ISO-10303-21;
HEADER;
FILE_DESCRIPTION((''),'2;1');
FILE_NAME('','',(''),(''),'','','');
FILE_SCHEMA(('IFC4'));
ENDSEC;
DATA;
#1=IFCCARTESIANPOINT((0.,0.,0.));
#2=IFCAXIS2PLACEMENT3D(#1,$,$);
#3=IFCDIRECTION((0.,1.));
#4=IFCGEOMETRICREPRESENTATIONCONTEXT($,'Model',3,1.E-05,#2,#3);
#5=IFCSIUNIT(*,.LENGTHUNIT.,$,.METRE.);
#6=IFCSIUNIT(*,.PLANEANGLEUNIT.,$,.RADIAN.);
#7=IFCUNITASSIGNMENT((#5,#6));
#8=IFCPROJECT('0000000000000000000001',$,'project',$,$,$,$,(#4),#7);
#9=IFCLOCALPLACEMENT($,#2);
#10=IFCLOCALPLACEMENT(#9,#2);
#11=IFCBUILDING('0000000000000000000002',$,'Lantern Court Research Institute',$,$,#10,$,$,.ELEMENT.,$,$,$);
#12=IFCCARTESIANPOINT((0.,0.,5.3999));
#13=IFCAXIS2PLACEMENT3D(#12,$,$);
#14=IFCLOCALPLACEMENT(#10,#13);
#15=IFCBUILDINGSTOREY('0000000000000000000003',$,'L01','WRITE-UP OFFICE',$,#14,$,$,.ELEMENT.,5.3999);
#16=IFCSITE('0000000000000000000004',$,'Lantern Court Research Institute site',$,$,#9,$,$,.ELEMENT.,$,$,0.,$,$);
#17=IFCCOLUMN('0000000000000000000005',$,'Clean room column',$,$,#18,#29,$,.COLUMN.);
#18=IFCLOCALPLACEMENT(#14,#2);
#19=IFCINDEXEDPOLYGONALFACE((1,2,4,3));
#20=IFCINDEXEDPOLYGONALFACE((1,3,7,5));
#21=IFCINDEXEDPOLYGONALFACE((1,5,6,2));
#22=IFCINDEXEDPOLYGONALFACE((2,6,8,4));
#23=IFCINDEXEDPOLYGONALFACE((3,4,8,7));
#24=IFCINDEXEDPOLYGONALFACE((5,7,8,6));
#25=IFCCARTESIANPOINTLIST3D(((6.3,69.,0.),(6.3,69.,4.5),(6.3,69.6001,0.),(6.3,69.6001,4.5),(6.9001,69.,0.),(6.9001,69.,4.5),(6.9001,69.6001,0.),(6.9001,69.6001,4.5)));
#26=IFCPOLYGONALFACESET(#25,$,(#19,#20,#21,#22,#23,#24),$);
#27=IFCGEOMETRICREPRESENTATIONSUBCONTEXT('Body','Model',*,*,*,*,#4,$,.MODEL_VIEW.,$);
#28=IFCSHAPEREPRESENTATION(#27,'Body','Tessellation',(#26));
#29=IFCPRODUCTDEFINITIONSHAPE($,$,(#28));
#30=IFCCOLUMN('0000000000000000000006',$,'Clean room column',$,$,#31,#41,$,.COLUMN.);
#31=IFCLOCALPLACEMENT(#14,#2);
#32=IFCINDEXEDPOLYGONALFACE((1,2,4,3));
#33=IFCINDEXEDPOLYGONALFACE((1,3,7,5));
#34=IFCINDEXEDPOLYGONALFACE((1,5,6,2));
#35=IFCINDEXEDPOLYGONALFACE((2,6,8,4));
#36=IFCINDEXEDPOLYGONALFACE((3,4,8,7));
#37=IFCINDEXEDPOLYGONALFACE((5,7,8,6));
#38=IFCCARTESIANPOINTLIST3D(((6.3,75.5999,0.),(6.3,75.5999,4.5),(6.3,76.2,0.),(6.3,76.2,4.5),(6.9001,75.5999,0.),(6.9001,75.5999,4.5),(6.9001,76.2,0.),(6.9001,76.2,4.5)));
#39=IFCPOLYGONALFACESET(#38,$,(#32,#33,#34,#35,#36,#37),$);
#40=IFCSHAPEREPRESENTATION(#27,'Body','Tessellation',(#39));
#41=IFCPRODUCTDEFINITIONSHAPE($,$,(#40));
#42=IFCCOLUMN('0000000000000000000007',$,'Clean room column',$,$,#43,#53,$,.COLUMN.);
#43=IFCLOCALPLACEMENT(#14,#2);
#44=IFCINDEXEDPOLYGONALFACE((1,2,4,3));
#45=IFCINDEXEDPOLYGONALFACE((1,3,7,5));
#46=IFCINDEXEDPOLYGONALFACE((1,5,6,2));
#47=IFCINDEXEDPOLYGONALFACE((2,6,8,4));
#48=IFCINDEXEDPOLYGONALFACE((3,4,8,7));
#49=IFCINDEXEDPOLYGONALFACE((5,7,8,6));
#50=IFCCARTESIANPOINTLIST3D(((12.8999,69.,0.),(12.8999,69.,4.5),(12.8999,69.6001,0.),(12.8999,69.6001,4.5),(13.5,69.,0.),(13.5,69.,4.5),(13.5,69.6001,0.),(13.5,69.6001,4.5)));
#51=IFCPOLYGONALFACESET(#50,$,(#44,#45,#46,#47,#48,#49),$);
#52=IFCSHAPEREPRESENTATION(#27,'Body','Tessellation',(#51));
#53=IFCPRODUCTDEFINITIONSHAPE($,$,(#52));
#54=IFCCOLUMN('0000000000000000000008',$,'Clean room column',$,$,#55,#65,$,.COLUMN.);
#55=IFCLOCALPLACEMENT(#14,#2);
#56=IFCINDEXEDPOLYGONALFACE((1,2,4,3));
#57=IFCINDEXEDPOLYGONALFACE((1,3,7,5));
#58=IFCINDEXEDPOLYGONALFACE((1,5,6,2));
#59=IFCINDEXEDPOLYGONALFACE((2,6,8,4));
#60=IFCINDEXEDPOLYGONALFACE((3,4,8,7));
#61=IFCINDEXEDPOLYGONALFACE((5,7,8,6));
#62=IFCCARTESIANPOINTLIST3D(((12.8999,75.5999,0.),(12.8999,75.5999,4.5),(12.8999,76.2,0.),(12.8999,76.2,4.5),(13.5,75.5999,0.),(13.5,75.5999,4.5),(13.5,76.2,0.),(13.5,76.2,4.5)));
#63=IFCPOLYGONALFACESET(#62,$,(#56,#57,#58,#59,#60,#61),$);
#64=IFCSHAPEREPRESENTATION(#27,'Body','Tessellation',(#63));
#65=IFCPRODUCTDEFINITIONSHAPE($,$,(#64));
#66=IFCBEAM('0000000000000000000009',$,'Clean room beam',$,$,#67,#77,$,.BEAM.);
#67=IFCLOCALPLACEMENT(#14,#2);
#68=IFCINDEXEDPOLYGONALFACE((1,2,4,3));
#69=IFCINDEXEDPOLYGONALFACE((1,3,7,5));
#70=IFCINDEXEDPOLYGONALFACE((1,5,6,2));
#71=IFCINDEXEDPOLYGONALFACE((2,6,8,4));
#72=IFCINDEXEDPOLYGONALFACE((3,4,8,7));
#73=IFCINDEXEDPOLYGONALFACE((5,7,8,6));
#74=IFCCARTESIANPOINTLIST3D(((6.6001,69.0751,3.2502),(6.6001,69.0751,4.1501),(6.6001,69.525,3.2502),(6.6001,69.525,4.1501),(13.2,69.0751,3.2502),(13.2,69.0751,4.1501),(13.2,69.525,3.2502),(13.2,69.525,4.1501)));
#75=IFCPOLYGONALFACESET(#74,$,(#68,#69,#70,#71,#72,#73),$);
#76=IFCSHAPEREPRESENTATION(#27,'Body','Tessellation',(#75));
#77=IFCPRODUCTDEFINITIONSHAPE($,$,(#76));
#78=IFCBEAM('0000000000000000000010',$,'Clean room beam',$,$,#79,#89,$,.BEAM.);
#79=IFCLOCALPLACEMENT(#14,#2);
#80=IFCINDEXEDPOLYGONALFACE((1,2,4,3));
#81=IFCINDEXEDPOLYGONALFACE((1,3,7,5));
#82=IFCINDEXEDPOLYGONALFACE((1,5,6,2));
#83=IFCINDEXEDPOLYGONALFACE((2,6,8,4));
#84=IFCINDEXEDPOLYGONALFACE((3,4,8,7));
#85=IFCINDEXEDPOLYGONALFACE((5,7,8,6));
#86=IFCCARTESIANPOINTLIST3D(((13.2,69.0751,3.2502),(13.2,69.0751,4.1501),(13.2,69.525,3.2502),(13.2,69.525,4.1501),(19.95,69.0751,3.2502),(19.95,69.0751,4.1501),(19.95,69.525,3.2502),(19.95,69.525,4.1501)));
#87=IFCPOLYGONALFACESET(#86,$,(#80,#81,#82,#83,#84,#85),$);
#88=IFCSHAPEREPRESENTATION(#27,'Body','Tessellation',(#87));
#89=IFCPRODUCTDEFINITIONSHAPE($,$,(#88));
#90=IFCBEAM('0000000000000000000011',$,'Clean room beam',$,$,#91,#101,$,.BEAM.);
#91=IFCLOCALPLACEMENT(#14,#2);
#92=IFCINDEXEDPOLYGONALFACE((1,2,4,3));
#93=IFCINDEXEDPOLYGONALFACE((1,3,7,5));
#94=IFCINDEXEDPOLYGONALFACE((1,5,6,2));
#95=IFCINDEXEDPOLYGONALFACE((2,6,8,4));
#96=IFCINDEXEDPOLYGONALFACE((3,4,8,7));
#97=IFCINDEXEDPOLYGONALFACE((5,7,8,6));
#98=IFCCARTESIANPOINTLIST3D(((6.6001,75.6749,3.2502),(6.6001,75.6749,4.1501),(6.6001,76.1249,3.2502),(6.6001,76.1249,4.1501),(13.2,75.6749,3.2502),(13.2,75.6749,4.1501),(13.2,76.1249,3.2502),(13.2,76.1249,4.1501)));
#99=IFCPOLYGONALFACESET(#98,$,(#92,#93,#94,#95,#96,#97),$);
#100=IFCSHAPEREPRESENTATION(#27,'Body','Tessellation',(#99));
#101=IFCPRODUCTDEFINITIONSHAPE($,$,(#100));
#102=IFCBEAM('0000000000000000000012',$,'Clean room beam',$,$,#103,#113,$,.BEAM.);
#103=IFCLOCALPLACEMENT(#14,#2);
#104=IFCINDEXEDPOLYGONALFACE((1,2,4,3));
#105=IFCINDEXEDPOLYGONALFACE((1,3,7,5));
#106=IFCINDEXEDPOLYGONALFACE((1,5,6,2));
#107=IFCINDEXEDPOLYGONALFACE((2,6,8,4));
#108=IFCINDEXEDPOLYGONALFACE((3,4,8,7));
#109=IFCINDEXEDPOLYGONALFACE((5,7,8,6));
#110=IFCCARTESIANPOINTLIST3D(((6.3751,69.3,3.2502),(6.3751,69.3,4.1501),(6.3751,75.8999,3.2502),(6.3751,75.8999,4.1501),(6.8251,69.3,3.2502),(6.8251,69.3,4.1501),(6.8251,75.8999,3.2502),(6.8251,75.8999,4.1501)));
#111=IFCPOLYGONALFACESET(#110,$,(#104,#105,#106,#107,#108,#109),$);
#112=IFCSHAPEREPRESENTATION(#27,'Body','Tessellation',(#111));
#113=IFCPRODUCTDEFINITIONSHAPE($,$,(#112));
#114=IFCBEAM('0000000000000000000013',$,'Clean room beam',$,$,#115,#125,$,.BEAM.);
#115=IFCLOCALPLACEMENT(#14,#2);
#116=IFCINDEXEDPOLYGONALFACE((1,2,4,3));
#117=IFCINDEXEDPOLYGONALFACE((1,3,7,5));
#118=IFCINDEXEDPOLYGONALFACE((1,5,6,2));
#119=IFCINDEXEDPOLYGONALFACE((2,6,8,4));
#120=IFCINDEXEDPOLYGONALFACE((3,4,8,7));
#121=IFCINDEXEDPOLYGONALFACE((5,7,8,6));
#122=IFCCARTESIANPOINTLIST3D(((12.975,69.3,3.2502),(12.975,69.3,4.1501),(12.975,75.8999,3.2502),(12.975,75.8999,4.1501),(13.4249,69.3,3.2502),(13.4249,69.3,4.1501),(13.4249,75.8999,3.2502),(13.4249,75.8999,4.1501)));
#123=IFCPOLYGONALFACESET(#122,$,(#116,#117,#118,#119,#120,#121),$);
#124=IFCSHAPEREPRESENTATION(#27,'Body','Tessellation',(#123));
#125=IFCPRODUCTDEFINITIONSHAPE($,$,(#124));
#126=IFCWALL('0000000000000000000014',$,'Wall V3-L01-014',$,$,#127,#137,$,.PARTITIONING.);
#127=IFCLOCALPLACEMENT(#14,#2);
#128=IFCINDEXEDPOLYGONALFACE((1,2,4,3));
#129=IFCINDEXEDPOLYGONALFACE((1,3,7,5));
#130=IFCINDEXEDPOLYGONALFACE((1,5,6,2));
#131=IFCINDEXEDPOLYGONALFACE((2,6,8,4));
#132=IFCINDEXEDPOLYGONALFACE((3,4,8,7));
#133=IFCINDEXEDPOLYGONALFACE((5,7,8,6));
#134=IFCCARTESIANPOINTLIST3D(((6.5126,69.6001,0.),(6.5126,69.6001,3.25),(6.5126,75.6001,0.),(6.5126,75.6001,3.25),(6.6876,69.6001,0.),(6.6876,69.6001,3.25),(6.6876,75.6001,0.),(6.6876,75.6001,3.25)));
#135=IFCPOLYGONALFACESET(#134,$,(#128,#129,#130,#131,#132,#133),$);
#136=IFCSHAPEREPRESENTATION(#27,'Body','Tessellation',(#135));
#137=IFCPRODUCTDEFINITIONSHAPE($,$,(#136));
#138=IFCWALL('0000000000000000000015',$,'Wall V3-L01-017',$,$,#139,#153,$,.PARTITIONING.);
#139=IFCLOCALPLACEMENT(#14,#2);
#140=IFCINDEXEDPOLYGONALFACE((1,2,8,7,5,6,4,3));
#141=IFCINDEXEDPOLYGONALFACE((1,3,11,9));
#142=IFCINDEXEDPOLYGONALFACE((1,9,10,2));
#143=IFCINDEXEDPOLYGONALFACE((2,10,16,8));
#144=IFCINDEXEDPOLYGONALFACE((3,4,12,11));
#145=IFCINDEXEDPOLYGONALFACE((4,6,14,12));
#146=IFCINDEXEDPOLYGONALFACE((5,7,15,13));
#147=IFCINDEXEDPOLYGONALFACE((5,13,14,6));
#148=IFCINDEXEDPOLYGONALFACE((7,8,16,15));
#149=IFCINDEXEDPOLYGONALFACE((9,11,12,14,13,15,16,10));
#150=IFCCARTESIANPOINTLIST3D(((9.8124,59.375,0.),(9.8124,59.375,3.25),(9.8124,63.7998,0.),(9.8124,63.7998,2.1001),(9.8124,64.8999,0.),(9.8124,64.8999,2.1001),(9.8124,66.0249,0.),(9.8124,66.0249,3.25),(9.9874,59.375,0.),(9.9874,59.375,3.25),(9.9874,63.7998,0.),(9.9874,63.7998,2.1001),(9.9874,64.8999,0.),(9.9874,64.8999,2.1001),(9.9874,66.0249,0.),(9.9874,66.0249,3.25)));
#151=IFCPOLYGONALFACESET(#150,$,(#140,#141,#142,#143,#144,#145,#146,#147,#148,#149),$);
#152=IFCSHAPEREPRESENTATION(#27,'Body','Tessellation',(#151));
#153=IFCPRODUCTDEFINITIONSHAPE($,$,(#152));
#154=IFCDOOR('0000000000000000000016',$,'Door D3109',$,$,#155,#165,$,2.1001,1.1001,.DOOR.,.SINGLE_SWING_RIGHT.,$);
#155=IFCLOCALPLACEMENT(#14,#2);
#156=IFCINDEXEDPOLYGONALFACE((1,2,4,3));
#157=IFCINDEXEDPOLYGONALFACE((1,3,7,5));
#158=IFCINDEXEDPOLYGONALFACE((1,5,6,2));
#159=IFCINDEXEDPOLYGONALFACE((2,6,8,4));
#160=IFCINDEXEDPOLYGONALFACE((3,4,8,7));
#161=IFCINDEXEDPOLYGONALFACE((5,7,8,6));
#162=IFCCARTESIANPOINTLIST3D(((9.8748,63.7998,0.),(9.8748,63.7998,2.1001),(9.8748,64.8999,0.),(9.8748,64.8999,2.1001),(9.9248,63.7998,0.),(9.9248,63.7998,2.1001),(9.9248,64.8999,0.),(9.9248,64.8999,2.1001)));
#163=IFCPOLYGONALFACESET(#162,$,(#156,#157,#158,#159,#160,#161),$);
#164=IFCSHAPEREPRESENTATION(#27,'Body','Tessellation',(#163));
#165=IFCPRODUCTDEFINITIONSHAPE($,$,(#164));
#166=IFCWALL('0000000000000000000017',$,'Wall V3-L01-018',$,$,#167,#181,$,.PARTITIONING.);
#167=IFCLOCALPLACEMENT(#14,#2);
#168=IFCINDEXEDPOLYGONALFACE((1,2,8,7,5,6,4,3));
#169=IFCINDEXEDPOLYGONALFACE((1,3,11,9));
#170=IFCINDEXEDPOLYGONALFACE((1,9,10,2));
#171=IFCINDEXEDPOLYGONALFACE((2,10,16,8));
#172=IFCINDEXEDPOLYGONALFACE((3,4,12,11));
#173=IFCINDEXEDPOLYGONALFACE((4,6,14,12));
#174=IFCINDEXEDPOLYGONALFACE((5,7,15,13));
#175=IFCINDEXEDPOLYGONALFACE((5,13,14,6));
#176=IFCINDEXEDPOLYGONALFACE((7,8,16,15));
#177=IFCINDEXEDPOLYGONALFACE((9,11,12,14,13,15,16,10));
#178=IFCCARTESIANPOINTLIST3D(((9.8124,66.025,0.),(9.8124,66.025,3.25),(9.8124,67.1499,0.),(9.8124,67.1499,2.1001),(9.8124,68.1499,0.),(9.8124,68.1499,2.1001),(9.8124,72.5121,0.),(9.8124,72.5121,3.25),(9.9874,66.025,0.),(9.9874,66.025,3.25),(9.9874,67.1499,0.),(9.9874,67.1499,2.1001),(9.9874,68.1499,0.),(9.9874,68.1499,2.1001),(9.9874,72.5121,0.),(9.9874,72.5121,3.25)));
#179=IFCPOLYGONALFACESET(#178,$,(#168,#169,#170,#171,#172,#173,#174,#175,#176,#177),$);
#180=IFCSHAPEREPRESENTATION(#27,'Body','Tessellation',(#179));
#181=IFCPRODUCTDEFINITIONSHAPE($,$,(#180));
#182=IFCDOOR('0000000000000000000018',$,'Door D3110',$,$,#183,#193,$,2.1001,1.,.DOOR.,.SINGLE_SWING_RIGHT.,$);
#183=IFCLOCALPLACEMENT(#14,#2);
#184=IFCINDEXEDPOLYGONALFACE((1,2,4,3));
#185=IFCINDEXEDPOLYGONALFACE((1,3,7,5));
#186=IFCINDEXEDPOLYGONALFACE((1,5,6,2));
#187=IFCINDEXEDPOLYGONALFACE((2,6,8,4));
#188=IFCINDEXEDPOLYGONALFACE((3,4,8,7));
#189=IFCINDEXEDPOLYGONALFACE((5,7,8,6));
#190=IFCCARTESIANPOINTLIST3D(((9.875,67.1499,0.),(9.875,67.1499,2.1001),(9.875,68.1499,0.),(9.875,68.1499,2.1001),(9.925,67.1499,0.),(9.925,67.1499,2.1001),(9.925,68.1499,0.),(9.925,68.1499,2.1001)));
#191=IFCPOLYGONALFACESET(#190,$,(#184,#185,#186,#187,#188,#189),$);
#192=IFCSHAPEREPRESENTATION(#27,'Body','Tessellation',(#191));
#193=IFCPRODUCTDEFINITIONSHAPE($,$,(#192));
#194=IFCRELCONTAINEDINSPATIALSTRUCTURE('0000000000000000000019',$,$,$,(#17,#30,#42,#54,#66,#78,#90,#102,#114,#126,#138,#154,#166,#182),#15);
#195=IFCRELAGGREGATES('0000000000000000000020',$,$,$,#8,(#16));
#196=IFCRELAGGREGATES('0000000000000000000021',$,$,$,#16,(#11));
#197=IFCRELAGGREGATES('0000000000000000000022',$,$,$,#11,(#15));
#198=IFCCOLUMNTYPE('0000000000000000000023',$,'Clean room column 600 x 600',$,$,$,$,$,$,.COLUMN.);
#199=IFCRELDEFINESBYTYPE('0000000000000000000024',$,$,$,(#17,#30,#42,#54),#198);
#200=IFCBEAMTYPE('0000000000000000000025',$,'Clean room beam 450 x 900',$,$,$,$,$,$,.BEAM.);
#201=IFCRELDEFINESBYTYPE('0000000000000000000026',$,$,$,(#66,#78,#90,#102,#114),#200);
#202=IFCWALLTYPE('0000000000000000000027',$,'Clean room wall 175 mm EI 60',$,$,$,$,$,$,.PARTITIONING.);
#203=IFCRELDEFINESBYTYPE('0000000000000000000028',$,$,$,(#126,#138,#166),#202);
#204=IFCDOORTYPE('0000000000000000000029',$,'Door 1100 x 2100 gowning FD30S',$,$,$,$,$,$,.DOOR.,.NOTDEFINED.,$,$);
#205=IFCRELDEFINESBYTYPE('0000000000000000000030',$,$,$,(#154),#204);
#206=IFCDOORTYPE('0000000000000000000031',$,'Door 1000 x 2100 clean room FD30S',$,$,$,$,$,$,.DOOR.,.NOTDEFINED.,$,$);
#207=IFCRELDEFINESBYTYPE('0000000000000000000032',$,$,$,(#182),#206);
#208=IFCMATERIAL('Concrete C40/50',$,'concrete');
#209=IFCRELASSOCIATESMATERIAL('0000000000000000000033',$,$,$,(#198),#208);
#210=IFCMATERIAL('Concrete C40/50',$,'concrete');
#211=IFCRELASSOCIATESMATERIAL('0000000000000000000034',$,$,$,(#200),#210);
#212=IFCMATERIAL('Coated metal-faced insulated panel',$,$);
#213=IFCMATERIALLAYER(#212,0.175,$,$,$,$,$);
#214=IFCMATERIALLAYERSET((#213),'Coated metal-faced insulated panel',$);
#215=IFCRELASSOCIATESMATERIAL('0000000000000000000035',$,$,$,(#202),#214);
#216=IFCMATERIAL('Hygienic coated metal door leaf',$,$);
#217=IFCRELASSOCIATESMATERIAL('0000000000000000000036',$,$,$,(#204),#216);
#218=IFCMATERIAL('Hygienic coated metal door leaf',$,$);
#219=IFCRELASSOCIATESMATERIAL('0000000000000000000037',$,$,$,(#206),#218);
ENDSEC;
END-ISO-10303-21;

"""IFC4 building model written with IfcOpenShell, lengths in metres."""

from ifc_helpers import new_model, si_unit, direction, frame, frame_2d, origin, origin_2d, place, context, subcontext, project, spatial, rectangle, extrude, material, layer, layer_set, material_profile, profile_set, type_object, element, fill, save


model = new_model("IFC4")

# Units and contexts
model_context = context("Model", 3, precision=1e-05, world=origin(), true_north=direction((0.0, 1.0)))
body_context = subcontext(model_context, "Body", "Model", "MODEL_VIEW")
ifc_project = project(units=[si_unit("LENGTHUNIT", "METRE"), si_unit("PLANEANGLEUNIT", "RADIAN")], contexts=[model_context])

# Site, building, storey
site_placement = place(None, origin())
site = spatial("IfcSite", under=ifc_project, at=site_placement, Name="Lantern Court Research Institute site", CompositionType="ELEMENT", RefElevation=0.0)
building_placement = place(site_placement, origin())
building = spatial("IfcBuilding", under=site, at=building_placement, Name="Lantern Court Research Institute", CompositionType="ELEMENT")
storey_placement = place(building_placement, frame((0.0, 0.0, 5.3999)))
storey = spatial("IfcBuildingStorey", under=building, at=storey_placement, Name="L01", Description="WRITE-UP OFFICE", CompositionType="ELEMENT", Elevation=5.3999)

# Columns
ifc_material_1 = material(Name="Concrete C40/50", Category="concrete")
ifc_material_profile_1 = material_profile(ifc_material_1, rectangle(XDim=0.6001, YDim=0.6001, at=origin_2d()), Name="Clean room column 600 x 600")
ifc_profile_set_1 = profile_set([ifc_material_profile_1], Name="Concrete C40/50")
column_type = type_object("IfcColumnType", Name="Clean room column 600 x 600", PredefinedType="COLUMN", material=ifc_profile_set_1)
for number, where, z_axis, x_axis, name in (
    (1, (6.6001, 69.3, 0.0), (0.0, 0.0, 1.0), (1.0, 0.0, 0.0), "Clean room column"),
    (2, (6.6001, 75.8999, 0.0), (0.0, 0.0, 1.0), (1.0, 0.0, 0.0), "Clean room column"),
    (3, (13.2, 69.3, 0.0), (0.0, 0.0, 1.0), (1.0, 0.0, 0.0), "Clean room column"),
    (4, (13.2, 75.8999, 0.0), (0.0, 0.0, 1.0), (1.0, 0.0, 0.0), "Clean room column"),
):
    element("IfcColumn", number, at=place(storey_placement, frame(where, z_axis=z_axis, x_axis=x_axis)), inside=storey, type_object=column_type, Name=name, PredefinedType="COLUMN", context=body_context, shape_type="SweptSolid", body=[
        extrude(rectangle(XDim=0.6001, YDim=0.6001, at=origin_2d()), origin(), (0.0, 0.0, 1.0), 4.5),
    ])

# Beams
ifc_material_2 = material(Name="Concrete C40/50", Category="concrete")
ifc_material_profile_2 = material_profile(ifc_material_2, rectangle(XDim=0.45, YDim=0.8999, at=origin_2d()), Name="Clean room beam 450 x 900")
ifc_profile_set_2 = profile_set([ifc_material_profile_2], Name="Concrete C40/50")
beam_type = type_object("IfcBeamType", Name="Clean room beam 450 x 900", PredefinedType="BEAM", material=ifc_profile_set_2)
beam_1_placement = place(storey_placement, frame((6.6001, 69.3, 3.7002), z_axis=(1.0, 0.0, 0.0), x_axis=(0.0, 1.0, 0.0)))
element("IfcBeam", 5, at=beam_1_placement, inside=storey, type_object=beam_type, Name="Clean room beam", PredefinedType="BEAM", context=body_context, shape_type="SweptSolid", body=[
    extrude(rectangle(XDim=0.45, YDim=0.8999, at=origin_2d()), origin(), (0.0, 0.0, 1.0), 6.5999),
])
beam_2_placement = place(storey_placement, frame((13.2, 69.3, 3.7002), z_axis=(1.0, 0.0, 0.0), x_axis=(0.0, 1.0, 0.0)))
element("IfcBeam", 6, at=beam_2_placement, inside=storey, type_object=beam_type, Name="Clean room beam", PredefinedType="BEAM", context=body_context, shape_type="SweptSolid", body=[
    extrude(rectangle(XDim=0.45, YDim=0.8999, at=origin_2d()), origin(), (0.0, 0.0, 1.0), 6.75),
])
for number, where, z_axis, x_axis, name in (
    (7, (6.6001, 75.8999, 3.7002), (1.0, 0.0, 0.0), (0.0, 1.0, 0.0), "Clean room beam"),
    (8, (6.6001, 69.3, 3.7002), (0.0, 1.0, 0.0), (-1.0, 0.0, 0.0), "Clean room beam"),
    (9, (13.2, 69.3, 3.7002), (0.0, 1.0, 0.0), (-1.0, 0.0, 0.0), "Clean room beam"),
):
    element("IfcBeam", number, at=place(storey_placement, frame(where, z_axis=z_axis, x_axis=x_axis)), inside=storey, type_object=beam_type, Name=name, PredefinedType="BEAM", context=body_context, shape_type="SweptSolid", body=[
        extrude(rectangle(XDim=0.45, YDim=0.8999, at=origin_2d()), origin(), (0.0, 0.0, 1.0), 6.5999),
    ])

# Wall
ifc_material_3 = material(Name="Coated metal-faced insulated panel")
ifc_layer_1 = layer(ifc_material_3, 0.175)
ifc_layer_set_1 = layer_set([ifc_layer_1], Name="Coated metal-faced insulated panel")
wall_type_1 = type_object("IfcWallType", Name="Clean room wall 175 mm EI 60", PredefinedType="PARTITIONING", material=ifc_layer_set_1)
wall_1_placement = place(storey_placement, frame((6.6001, 69.6001, 0.0), z_axis=(0.0, 0.0, 1.0), x_axis=(0.0, 1.0, 0.0)))
element("IfcWall", 10, at=wall_1_placement, inside=storey, type_object=wall_type_1, Name="Wall V3-L01-014", PredefinedType="PARTITIONING", context=body_context, shape_type="SweptSolid", body=[
    extrude(rectangle(XDim=6.0, YDim=0.175, at=frame_2d((3.0, 0.0))), origin(), (0.0, 0.0, 1.0), 3.25),
])

# Walls, openings, doors
wall_2_placement = place(storey_placement, frame((9.8999, 66.0249, 0.0), z_axis=(0.0, 0.0, 1.0), x_axis=(0.0, -1.0, 0.0)))
wall_2 = element("IfcWall", 11, at=wall_2_placement, inside=storey, type_object=wall_type_1, Name="Wall V3-L01-017", PredefinedType="PARTITIONING", context=body_context, shape_type="SweptSolid", body=[
    extrude(rectangle(XDim=6.6499, YDim=0.175, at=frame_2d((3.325, 0.0))), origin(), (0.0, 0.0, 1.0), 3.25),
])
opening_1_placement = place(wall_2_placement, frame((1.125, 0.0, 0.0)))
opening_1 = element("IfcOpeningElement", 12, at=opening_1_placement, cuts=wall_2, PredefinedType="OPENING", context=body_context, shape_type="SweptSolid", body=[
    extrude(rectangle(XDim=1.1001, YDim=2.1001, at=frame_2d((0.55, 1.05))), frame((0.0, 0.0974, 0.0), z_axis=(0.0, -1.0, 0.0), x_axis=(1.0, 0.0, 0.0)), (0.0, 0.0, 1.0), 0.1951),
])
ifc_material_4 = material(Name="Hygienic coated metal door leaf")
door_type_1 = type_object("IfcDoorType", Name="Door 1100 x 2100 gowning FD30S", OperationType="NOTDEFINED", PredefinedType="DOOR", material=ifc_material_4)
door_1_placement = place(opening_1_placement, origin())
door_1 = element("IfcDoor", 13, at=door_1_placement, inside=storey, type_object=door_type_1, Name="Door D3109", OperationType="SINGLE_SWING_RIGHT", OverallHeight=2.1001, OverallWidth=1.1001, PredefinedType="DOOR", context=body_context, shape_type="SweptSolid", body=[
    extrude(rectangle(XDim=1.1001, YDim=2.1001, at=frame_2d((0.55, 1.05))), frame((0.0, 0.0249, 0.0), z_axis=(0.0, -1.0, 0.0), x_axis=(1.0, 0.0, 0.0)), (0.0, 0.0, 1.0), 0.05),
])
fill(opening_1, door_1)
wall_3_placement = place(storey_placement, frame((9.8999, 66.0249, 0.0), z_axis=(0.0, 0.0, 1.0), x_axis=(0.0, 1.0, 0.0)))
wall_3 = element("IfcWall", 14, at=wall_3_placement, inside=storey, type_object=wall_type_1, Name="Wall V3-L01-018", PredefinedType="PARTITIONING", context=body_context, shape_type="SweptSolid", body=[
    extrude(rectangle(XDim=6.4871, YDim=0.175, at=frame_2d((3.2437, 0.0))), origin(), (0.0, 0.0, 1.0), 3.25),
])
opening_2_placement = place(wall_3_placement, frame((1.125, 0.0, 0.0)))
opening_2 = element("IfcOpeningElement", 15, at=opening_2_placement, cuts=wall_3, PredefinedType="OPENING", context=body_context, shape_type="SweptSolid", body=[
    extrude(rectangle(XDim=1.0, YDim=2.1001, at=frame_2d((0.5, 1.05))), frame((0.0, 0.0974, 0.0), z_axis=(0.0, -1.0, 0.0), x_axis=(1.0, 0.0, 0.0)), (0.0, 0.0, 1.0), 0.1951),
])
ifc_material_5 = material(Name="Hygienic coated metal door leaf")
door_type_2 = type_object("IfcDoorType", Name="Door 1000 x 2100 clean room FD30S", OperationType="NOTDEFINED", PredefinedType="DOOR", material=ifc_material_5)
door_2_placement = place(opening_2_placement, origin())
door_2 = element("IfcDoor", 16, at=door_2_placement, inside=storey, type_object=door_type_2, Name="Door D3110", OperationType="SINGLE_SWING_RIGHT", OverallHeight=2.1001, OverallWidth=1.0, PredefinedType="DOOR", context=body_context, shape_type="SweptSolid", body=[
    extrude(rectangle(XDim=1.0, YDim=2.1001, at=frame_2d((0.5, 1.05))), frame((0.0, 0.0249, 0.0), z_axis=(0.0, -1.0, 0.0), x_axis=(1.0, 0.0, 0.0)), (0.0, 0.0, 1.0), 0.05),
])
fill(opening_2, door_2)

save(model, "model.ifc")
